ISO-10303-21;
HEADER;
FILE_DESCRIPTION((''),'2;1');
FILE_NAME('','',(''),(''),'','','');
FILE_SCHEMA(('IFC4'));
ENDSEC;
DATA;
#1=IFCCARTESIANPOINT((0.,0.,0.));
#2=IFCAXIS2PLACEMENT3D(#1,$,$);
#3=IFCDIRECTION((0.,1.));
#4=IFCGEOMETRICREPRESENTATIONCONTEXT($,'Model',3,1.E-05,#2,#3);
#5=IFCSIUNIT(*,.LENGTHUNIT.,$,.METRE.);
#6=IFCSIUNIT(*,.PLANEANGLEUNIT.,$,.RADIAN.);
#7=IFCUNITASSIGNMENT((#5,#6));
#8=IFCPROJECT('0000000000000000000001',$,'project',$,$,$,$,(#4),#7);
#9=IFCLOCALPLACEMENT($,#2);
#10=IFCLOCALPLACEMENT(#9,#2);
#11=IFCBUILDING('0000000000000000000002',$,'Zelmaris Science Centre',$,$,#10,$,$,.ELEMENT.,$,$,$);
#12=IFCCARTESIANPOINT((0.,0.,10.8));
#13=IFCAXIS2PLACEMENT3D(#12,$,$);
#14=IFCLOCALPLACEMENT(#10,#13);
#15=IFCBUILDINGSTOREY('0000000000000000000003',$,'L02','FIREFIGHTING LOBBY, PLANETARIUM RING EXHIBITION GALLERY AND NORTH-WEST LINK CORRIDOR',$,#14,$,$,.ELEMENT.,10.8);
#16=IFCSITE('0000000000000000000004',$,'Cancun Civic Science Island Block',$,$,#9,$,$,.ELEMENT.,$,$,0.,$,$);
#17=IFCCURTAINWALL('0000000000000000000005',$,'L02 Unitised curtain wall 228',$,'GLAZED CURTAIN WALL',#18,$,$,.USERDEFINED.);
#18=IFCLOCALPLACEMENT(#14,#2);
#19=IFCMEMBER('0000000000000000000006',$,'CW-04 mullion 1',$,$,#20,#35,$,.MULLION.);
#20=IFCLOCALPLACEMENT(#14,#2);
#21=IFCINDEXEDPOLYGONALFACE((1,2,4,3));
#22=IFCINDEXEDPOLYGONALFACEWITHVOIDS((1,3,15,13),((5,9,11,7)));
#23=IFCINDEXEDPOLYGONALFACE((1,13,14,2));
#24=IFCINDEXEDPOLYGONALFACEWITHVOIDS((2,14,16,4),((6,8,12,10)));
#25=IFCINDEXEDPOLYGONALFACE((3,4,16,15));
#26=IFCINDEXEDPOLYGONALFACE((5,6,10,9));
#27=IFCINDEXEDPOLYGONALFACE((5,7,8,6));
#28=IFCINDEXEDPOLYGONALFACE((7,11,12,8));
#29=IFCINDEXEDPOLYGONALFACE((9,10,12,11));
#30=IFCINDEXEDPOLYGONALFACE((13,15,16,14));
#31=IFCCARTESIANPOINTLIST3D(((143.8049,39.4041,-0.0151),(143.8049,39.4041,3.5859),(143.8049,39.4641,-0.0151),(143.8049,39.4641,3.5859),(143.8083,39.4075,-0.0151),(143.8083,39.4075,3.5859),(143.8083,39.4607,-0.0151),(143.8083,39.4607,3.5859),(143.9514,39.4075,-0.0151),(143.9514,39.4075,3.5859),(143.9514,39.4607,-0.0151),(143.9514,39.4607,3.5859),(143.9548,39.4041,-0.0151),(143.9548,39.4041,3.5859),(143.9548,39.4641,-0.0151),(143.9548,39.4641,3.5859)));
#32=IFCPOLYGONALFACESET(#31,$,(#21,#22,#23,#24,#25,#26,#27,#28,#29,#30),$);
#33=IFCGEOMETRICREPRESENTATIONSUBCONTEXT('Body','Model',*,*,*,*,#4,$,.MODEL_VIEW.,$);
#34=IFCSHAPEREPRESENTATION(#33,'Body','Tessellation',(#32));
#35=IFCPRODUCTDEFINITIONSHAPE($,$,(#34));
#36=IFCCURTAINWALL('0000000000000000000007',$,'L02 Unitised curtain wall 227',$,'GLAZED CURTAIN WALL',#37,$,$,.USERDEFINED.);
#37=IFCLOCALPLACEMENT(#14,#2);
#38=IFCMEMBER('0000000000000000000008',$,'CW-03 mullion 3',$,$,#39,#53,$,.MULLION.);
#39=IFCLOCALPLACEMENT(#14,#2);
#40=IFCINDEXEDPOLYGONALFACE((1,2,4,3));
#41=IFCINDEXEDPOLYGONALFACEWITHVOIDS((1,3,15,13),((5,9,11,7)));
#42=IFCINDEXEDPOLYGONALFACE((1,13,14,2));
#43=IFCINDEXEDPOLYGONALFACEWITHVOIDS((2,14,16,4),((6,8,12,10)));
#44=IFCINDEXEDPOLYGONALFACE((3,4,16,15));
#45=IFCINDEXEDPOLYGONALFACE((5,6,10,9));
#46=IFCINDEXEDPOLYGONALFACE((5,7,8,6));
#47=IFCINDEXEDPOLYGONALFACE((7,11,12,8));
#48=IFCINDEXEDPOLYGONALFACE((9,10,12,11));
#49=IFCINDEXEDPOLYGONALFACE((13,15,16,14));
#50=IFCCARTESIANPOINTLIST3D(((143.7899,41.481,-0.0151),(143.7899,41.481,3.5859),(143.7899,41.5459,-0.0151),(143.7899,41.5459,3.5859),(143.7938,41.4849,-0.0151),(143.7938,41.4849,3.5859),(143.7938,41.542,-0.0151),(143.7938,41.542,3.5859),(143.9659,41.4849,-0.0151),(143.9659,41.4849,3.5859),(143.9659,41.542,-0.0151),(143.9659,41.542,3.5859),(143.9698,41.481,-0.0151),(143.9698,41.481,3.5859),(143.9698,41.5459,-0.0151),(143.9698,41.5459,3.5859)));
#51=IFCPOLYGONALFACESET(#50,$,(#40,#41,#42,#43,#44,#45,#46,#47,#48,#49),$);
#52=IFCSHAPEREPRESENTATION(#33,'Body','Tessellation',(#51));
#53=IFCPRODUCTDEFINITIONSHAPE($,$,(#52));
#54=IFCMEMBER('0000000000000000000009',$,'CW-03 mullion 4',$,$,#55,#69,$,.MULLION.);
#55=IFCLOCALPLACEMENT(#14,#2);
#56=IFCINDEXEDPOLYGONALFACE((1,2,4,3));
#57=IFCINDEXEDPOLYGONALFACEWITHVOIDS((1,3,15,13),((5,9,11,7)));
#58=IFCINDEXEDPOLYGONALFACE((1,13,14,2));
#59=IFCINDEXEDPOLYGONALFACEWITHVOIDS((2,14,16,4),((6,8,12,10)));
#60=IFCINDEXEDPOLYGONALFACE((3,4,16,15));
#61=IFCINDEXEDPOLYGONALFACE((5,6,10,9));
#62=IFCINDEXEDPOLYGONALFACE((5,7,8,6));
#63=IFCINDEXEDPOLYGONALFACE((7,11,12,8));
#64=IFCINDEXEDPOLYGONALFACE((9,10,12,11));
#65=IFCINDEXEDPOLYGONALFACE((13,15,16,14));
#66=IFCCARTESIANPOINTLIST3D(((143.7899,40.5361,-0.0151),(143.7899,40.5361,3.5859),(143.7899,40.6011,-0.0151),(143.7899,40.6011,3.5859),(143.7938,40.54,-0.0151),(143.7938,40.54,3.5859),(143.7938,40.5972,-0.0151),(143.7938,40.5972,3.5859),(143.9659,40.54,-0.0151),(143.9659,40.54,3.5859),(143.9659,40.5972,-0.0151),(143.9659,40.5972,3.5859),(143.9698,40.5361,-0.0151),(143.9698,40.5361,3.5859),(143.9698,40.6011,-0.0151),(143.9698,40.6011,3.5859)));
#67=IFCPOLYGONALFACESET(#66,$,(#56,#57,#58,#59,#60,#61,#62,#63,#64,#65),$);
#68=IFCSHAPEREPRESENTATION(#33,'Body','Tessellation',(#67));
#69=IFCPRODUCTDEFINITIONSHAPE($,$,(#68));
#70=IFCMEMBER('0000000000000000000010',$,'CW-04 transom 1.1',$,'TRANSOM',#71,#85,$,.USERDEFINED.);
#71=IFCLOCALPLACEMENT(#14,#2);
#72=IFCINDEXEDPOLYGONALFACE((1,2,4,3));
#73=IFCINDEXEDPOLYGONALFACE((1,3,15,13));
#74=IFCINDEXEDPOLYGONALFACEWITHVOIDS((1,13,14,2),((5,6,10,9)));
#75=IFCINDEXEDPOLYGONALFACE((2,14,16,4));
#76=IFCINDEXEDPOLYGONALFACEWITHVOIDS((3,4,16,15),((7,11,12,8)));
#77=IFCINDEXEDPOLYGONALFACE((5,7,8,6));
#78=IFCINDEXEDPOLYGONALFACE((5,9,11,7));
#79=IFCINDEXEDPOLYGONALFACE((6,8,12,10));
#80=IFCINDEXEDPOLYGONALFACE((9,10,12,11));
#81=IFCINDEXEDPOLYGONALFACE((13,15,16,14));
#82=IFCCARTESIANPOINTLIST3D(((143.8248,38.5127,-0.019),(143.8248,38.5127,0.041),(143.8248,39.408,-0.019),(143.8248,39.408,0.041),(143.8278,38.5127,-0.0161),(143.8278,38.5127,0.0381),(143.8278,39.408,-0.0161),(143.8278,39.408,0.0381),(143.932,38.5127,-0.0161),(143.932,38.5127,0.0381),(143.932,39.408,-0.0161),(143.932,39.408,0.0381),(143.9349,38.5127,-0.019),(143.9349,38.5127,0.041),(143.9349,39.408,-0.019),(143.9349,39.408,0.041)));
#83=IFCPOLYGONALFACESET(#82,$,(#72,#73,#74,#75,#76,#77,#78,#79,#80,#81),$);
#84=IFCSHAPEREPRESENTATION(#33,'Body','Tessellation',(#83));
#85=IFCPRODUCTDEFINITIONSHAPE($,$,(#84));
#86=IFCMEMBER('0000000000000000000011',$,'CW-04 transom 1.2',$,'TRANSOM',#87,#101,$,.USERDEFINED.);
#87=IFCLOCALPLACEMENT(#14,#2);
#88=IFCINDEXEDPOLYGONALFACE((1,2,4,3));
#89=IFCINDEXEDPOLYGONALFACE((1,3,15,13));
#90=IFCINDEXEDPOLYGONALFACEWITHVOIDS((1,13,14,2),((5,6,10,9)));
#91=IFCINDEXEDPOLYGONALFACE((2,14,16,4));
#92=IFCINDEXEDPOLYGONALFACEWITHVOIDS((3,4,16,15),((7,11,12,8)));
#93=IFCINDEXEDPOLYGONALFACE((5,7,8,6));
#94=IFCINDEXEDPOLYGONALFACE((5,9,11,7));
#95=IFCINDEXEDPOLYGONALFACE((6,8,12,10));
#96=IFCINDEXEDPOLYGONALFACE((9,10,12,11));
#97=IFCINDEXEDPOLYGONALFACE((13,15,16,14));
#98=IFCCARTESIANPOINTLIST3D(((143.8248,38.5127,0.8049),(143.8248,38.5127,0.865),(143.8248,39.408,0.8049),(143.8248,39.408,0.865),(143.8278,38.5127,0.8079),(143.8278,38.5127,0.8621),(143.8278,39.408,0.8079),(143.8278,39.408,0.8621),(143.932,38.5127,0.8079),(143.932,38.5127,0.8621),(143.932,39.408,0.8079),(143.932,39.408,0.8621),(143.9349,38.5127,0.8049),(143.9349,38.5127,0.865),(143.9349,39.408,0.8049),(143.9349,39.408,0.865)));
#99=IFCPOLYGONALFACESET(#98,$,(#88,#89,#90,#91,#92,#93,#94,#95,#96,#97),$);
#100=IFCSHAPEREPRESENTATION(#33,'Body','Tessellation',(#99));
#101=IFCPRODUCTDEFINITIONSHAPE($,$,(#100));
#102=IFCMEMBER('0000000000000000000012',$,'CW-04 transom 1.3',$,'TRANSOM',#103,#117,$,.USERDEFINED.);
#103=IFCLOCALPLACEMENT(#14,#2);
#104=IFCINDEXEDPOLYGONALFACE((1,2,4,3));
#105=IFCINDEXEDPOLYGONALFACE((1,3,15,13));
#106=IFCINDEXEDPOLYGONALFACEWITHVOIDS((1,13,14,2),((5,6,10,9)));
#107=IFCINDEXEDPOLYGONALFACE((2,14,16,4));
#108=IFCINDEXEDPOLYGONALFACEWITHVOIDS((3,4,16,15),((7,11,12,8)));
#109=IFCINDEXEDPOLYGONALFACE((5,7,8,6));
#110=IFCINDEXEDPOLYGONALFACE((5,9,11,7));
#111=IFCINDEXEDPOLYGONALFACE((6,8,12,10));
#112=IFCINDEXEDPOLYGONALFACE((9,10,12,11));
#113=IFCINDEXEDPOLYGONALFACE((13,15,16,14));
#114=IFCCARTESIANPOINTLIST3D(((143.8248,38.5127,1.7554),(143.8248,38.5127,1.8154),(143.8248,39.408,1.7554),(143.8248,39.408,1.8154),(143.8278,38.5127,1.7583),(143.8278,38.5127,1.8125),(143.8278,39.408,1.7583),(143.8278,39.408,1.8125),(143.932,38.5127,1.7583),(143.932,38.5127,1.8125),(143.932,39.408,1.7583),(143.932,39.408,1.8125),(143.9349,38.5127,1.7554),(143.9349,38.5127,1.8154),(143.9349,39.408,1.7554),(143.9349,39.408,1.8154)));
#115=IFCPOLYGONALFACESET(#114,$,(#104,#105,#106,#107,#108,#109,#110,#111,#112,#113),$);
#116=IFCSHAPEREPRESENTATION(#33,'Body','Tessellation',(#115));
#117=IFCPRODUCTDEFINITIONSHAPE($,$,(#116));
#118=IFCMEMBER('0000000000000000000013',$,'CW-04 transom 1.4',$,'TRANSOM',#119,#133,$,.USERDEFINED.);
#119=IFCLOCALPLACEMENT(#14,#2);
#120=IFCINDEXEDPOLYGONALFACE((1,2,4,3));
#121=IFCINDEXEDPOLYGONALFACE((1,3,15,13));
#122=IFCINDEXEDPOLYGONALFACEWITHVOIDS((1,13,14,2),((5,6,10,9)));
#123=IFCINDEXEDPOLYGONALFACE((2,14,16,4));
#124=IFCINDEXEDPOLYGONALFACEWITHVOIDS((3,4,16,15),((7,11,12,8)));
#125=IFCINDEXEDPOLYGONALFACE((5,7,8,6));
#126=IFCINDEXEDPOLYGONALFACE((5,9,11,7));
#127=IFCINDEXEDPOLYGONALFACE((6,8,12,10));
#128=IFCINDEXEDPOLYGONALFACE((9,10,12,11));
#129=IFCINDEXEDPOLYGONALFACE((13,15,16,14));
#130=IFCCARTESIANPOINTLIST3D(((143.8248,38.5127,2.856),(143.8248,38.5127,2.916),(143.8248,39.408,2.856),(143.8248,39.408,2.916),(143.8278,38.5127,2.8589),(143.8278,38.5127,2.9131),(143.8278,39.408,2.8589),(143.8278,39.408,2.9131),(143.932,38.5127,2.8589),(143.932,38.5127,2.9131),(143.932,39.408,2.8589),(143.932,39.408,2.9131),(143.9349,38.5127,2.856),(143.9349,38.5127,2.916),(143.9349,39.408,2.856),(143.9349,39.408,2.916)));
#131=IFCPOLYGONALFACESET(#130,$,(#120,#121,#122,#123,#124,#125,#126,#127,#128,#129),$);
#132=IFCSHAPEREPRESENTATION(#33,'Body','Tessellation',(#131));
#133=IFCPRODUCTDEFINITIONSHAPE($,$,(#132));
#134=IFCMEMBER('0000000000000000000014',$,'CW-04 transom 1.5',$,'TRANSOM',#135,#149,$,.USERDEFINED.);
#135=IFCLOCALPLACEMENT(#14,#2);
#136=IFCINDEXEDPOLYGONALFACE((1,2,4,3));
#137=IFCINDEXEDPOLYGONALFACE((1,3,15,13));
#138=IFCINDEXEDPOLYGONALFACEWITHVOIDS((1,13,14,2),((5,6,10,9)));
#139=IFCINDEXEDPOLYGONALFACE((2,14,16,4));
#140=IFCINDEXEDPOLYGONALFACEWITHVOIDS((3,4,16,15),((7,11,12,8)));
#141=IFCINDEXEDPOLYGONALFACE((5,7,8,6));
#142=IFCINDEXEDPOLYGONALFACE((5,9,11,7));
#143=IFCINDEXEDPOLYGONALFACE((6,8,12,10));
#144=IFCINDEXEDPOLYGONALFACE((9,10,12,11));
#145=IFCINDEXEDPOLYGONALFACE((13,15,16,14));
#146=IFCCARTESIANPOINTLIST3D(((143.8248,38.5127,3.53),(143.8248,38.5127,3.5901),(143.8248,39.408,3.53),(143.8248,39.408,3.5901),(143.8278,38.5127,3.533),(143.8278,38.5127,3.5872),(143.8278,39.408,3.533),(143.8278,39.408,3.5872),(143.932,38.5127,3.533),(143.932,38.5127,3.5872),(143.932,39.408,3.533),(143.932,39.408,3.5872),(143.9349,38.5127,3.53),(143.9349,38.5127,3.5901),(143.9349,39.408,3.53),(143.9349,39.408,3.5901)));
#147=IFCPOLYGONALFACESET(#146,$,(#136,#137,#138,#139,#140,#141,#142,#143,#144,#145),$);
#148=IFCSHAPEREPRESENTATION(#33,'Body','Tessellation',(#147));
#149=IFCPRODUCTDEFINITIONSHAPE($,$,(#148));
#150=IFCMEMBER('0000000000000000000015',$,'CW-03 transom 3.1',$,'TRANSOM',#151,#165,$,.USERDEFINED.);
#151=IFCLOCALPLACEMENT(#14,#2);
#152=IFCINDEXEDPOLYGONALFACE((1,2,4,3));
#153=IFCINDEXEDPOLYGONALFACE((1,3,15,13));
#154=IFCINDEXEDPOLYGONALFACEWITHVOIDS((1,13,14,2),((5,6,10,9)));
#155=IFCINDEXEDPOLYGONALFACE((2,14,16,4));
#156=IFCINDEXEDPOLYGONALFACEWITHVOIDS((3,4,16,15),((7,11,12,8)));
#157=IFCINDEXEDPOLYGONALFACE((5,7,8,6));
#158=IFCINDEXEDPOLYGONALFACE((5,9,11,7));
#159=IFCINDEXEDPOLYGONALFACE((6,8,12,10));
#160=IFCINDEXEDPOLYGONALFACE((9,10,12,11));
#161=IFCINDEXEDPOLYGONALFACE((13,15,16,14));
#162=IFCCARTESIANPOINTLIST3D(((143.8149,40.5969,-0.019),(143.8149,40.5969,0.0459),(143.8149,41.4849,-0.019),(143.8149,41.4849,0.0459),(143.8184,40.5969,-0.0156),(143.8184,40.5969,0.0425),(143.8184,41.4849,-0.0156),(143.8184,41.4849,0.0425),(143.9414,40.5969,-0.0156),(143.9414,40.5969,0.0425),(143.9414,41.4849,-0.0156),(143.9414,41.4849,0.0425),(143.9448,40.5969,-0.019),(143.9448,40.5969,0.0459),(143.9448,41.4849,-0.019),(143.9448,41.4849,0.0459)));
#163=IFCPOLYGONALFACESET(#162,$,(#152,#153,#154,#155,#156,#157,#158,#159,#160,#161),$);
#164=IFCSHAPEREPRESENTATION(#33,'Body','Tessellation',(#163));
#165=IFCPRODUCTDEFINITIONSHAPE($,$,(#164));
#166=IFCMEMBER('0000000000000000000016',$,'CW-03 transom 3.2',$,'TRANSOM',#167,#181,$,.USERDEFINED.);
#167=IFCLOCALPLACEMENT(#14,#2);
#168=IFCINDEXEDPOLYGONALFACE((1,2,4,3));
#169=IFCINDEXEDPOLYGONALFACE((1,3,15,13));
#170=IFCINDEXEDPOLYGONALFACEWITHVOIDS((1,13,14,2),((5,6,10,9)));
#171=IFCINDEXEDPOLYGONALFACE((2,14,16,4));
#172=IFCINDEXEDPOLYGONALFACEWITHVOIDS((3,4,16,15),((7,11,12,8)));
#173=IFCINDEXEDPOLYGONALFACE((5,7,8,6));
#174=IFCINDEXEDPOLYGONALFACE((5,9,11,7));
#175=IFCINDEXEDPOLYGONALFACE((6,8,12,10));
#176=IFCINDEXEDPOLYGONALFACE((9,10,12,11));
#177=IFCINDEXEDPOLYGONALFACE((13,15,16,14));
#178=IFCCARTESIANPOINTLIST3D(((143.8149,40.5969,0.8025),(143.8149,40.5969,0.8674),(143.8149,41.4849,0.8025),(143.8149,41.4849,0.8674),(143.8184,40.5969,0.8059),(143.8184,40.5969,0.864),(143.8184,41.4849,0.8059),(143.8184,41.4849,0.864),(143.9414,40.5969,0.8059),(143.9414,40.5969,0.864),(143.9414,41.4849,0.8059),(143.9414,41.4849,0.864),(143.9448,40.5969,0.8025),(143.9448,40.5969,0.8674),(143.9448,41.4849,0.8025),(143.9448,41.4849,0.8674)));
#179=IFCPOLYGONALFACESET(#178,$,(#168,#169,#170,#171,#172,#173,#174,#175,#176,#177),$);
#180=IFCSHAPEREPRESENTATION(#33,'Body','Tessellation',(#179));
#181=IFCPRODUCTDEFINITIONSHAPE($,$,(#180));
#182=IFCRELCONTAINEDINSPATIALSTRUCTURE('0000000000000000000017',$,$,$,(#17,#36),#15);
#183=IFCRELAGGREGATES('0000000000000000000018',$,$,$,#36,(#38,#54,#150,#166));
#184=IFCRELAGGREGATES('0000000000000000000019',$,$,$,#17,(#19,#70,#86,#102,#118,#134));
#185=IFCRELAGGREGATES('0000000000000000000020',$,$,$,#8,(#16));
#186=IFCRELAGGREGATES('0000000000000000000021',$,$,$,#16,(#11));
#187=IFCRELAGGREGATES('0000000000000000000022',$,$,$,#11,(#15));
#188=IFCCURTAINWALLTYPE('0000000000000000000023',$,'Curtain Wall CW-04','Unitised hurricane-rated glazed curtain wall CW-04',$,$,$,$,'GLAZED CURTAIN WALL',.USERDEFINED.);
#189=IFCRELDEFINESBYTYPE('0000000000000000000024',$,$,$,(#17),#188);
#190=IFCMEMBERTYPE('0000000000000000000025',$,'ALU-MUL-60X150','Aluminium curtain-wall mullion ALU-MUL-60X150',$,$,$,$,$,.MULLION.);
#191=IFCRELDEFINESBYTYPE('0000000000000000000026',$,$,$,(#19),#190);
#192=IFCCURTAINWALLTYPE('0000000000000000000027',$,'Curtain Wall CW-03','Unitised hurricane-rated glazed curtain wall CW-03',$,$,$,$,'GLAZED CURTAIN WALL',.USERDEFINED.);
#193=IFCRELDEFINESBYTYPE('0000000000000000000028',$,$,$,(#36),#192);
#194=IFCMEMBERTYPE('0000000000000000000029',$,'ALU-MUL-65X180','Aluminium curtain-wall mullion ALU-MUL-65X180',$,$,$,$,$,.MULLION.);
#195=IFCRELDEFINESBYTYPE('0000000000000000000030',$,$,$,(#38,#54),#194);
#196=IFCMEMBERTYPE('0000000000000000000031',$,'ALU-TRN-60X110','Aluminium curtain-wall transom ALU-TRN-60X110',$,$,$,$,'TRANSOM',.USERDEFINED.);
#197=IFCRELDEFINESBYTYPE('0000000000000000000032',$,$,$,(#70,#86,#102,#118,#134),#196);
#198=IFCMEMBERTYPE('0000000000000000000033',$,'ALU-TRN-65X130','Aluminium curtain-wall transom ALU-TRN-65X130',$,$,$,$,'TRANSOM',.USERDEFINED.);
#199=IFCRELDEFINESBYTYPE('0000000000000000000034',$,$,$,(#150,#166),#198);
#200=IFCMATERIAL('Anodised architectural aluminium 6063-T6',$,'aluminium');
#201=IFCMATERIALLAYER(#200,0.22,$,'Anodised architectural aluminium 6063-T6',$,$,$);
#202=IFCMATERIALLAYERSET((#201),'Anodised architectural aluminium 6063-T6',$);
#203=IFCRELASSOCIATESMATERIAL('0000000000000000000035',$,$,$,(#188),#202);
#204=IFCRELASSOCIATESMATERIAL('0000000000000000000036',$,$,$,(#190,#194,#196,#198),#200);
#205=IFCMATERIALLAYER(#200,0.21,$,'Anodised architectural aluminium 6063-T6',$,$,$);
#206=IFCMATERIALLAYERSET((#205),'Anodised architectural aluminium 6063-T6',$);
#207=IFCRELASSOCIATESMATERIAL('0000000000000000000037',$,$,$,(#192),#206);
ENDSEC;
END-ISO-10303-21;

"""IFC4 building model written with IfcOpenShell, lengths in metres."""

from ifc_helpers import new_model, si_unit, direction, frame, origin, origin_2d, place, context, subcontext, project, spatial, hollow_rectangle, extrude, material, layer, layer_set, material_profile, profile_set, type_object, element, aggregate, save


model = new_model("IFC4")

# Units and contexts
model_context = context("Model", 3, precision=1e-05, world=origin(), true_north=direction((0.0, 1.0)))
body_context = subcontext(model_context, "Body", "Model", "MODEL_VIEW")
ifc_project = project(units=[si_unit("LENGTHUNIT", "METRE"), si_unit("PLANEANGLEUNIT", "RADIAN")], contexts=[model_context])

# Site, building, storey
site_placement = place(None, origin())
site = spatial("IfcSite", under=ifc_project, at=site_placement, Name="Cancun Civic Science Island Block", CompositionType="ELEMENT", RefElevation=0.0)
building_placement = place(site_placement, origin())
building = spatial("IfcBuilding", under=site, at=building_placement, Name="Zelmaris Science Centre", CompositionType="ELEMENT")
storey_placement = place(building_placement, frame((0.0, 0.0, 10.8)))
storey = spatial("IfcBuildingStorey", under=building, at=storey_placement, Name="L02", Description="FIREFIGHTING LOBBY, PLANETARIUM RING EXHIBITION GALLERY AND NORTH-WEST LINK CORRIDOR", CompositionType="ELEMENT", Elevation=10.8)

# Curtain wall, member
ifc_material_1 = material(Name="Anodised architectural aluminium 6063-T6", Category="aluminium")
ifc_layer_1 = layer(ifc_material_1, 0.22, Name="Anodised architectural aluminium 6063-T6")
ifc_layer_set_1 = layer_set([ifc_layer_1], Name="Anodised architectural aluminium 6063-T6")
curtain_wall_type_1 = type_object("IfcCurtainWallType", Name="Curtain Wall CW-04", Description="Unitised hurricane-rated glazed curtain wall CW-04", ElementType="GLAZED CURTAIN WALL", PredefinedType="USERDEFINED", material=ifc_layer_set_1)
curtain_wall_1_placement = place(storey_placement, origin())
curtain_wall_1 = element("IfcCurtainWall", 1, at=curtain_wall_1_placement, inside=storey, type_object=curtain_wall_type_1, Name="L02 Unitised curtain wall 228", ObjectType="GLAZED CURTAIN WALL", PredefinedType="USERDEFINED")
ifc_material_profile_1 = material_profile(ifc_material_1, hollow_rectangle(XDim=0.0601, YDim=0.1499, WallThickness=0.0034, at=origin_2d()), Name="ALU-MUL-60X150")
ifc_profile_set_1 = profile_set([ifc_material_profile_1], Name="Anodised architectural aluminium 6063-T6")
member_type_1 = type_object("IfcMemberType", Name="ALU-MUL-60X150", Description="Aluminium curtain-wall mullion ALU-MUL-60X150", PredefinedType="MULLION", material=ifc_profile_set_1)
member_1_placement = place(storey_placement, frame((143.8799, 39.4341, -0.0151), z_axis=(0.0, 0.0, 1.0), x_axis=(0.0, -1.0, 0.0)))
member_1 = element("IfcMember", 2, at=member_1_placement, type_object=member_type_1, Name="CW-04 mullion 1", PredefinedType="MULLION", context=body_context, shape_type="SweptSolid", body=[
    extrude(hollow_rectangle(XDim=0.0601, YDim=0.1499, WallThickness=0.0034, at=origin_2d()), origin(), (0.0, 0.0, 1.0), 3.6011),
])

# Curtain wall, members
ifc_layer_2 = layer(ifc_material_1, 0.21, Name="Anodised architectural aluminium 6063-T6")
ifc_layer_set_2 = layer_set([ifc_layer_2], Name="Anodised architectural aluminium 6063-T6")
curtain_wall_type_2 = type_object("IfcCurtainWallType", Name="Curtain Wall CW-03", Description="Unitised hurricane-rated glazed curtain wall CW-03", ElementType="GLAZED CURTAIN WALL", PredefinedType="USERDEFINED", material=ifc_layer_set_2)
curtain_wall_2_placement = place(storey_placement, origin())
curtain_wall_2 = element("IfcCurtainWall", 3, at=curtain_wall_2_placement, inside=storey, type_object=curtain_wall_type_2, Name="L02 Unitised curtain wall 227", ObjectType="GLAZED CURTAIN WALL", PredefinedType="USERDEFINED")
ifc_material_profile_2 = material_profile(ifc_material_1, hollow_rectangle(XDim=0.0649, YDim=0.1799, WallThickness=0.0039, at=origin_2d()), Name="ALU-MUL-65X180")
ifc_profile_set_2 = profile_set([ifc_material_profile_2], Name="Anodised architectural aluminium 6063-T6")
member_type_2 = type_object("IfcMemberType", Name="ALU-MUL-65X180", Description="Aluminium curtain-wall mullion ALU-MUL-65X180", PredefinedType="MULLION", material=ifc_profile_set_2)
member_2_placement = place(storey_placement, frame((143.8799, 41.5134, -0.0151), z_axis=(0.0, 0.0, 1.0), x_axis=(0.0, -1.0, 0.0)))
member_2 = element("IfcMember", 4, at=member_2_placement, type_object=member_type_2, Name="CW-03 mullion 3", PredefinedType="MULLION", context=body_context, shape_type="SweptSolid", body=[
    extrude(hollow_rectangle(XDim=0.0649, YDim=0.1799, WallThickness=0.0039, at=origin_2d()), origin(), (0.0, 0.0, 1.0), 3.6011),
])
member_3_placement = place(storey_placement, frame((143.8799, 40.5686, -0.0151), z_axis=(0.0, 0.0, 1.0), x_axis=(0.0, -1.0, 0.0)))
member_3 = element("IfcMember", 5, at=member_3_placement, type_object=member_type_2, Name="CW-03 mullion 4", PredefinedType="MULLION", context=body_context, shape_type="SweptSolid", body=[
    extrude(hollow_rectangle(XDim=0.0649, YDim=0.1799, WallThickness=0.0039, at=origin_2d()), origin(), (0.0, 0.0, 1.0), 3.6011),
])

# Members
ifc_material_profile_3 = material_profile(ifc_material_1, hollow_rectangle(XDim=0.0601, YDim=0.1101, WallThickness=0.0029, at=origin_2d()), Name="ALU-TRN-60X110")
ifc_profile_set_3 = profile_set([ifc_material_profile_3], Name="Anodised architectural aluminium 6063-T6")
member_type_3 = type_object("IfcMemberType", Name="ALU-TRN-60X110", Description="Aluminium curtain-wall transom ALU-TRN-60X110", ElementType="TRANSOM", PredefinedType="USERDEFINED", material=ifc_profile_set_3)
member_4_placement = place(storey_placement, frame((143.8799, 39.408, 0.011), z_axis=(0.0, -1.0, 0.0), x_axis=(0.0, 0.0, 1.0)))
member_4 = element("IfcMember", 6, at=member_4_placement, type_object=member_type_3, Name="CW-04 transom 1.1", ObjectType="TRANSOM", PredefinedType="USERDEFINED", context=body_context, shape_type="SweptSolid", body=[
    extrude(hollow_rectangle(XDim=0.0601, YDim=0.1101, WallThickness=0.0029, at=origin_2d()), origin(), (0.0, 0.0, 1.0), 0.8953),
])
member_5_placement = place(storey_placement, frame((143.8799, 39.408, 0.835), z_axis=(0.0, -1.0, 0.0), x_axis=(0.0, 0.0, 1.0)))
member_5 = element("IfcMember", 7, at=member_5_placement, type_object=member_type_3, Name="CW-04 transom 1.2", ObjectType="TRANSOM", PredefinedType="USERDEFINED", context=body_context, shape_type="SweptSolid", body=[
    extrude(hollow_rectangle(XDim=0.0601, YDim=0.1101, WallThickness=0.0029, at=origin_2d()), origin(), (0.0, 0.0, 1.0), 0.8953),
])
member_6_placement = place(storey_placement, frame((143.8799, 39.408, 1.7854), z_axis=(0.0, -1.0, 0.0), x_axis=(0.0, 0.0, 1.0)))
member_6 = element("IfcMember", 8, at=member_6_placement, type_object=member_type_3, Name="CW-04 transom 1.3", ObjectType="TRANSOM", PredefinedType="USERDEFINED", context=body_context, shape_type="SweptSolid", body=[
    extrude(hollow_rectangle(XDim=0.0601, YDim=0.1101, WallThickness=0.0029, at=origin_2d()), origin(), (0.0, 0.0, 1.0), 0.8953),
])
member_7_placement = place(storey_placement, frame((143.8799, 39.408, 2.886), z_axis=(0.0, -1.0, 0.0), x_axis=(0.0, 0.0, 1.0)))
member_7 = element("IfcMember", 9, at=member_7_placement, type_object=member_type_3, Name="CW-04 transom 1.4", ObjectType="TRANSOM", PredefinedType="USERDEFINED", context=body_context, shape_type="SweptSolid", body=[
    extrude(hollow_rectangle(XDim=0.0601, YDim=0.1101, WallThickness=0.0029, at=origin_2d()), origin(), (0.0, 0.0, 1.0), 0.8953),
])
member_8_placement = place(storey_placement, frame((143.8799, 39.408, 3.5601), z_axis=(0.0, -1.0, 0.0), x_axis=(0.0, 0.0, 1.0)))
member_8 = element("IfcMember", 10, at=member_8_placement, type_object=member_type_3, Name="CW-04 transom 1.5", ObjectType="TRANSOM", PredefinedType="USERDEFINED", context=body_context, shape_type="SweptSolid", body=[
    extrude(hollow_rectangle(XDim=0.0601, YDim=0.1101, WallThickness=0.0029, at=origin_2d()), origin(), (0.0, 0.0, 1.0), 0.8953),
])
ifc_material_profile_4 = material_profile(ifc_material_1, hollow_rectangle(XDim=0.0649, YDim=0.1299, WallThickness=0.0034, at=origin_2d()), Name="ALU-TRN-65X130")
ifc_profile_set_4 = profile_set([ifc_material_profile_4], Name="Anodised architectural aluminium 6063-T6")
member_type_4 = type_object("IfcMemberType", Name="ALU-TRN-65X130", Description="Aluminium curtain-wall transom ALU-TRN-65X130", ElementType="TRANSOM", PredefinedType="USERDEFINED", material=ifc_profile_set_4)
member_9_placement = place(storey_placement, frame((143.8799, 41.4849, 0.0134), z_axis=(0.0, -1.0, 0.0), x_axis=(0.0, 0.0, 1.0)))
member_9 = element("IfcMember", 11, at=member_9_placement, type_object=member_type_4, Name="CW-03 transom 3.1", ObjectType="TRANSOM", PredefinedType="USERDEFINED", context=body_context, shape_type="SweptSolid", body=[
    extrude(hollow_rectangle(XDim=0.0649, YDim=0.1299, WallThickness=0.0034, at=origin_2d()), origin(), (0.0, 0.0, 1.0), 0.8879),
])
member_10_placement = place(storey_placement, frame((143.8799, 41.4849, 0.835), z_axis=(0.0, -1.0, 0.0), x_axis=(0.0, 0.0, 1.0)))
member_10 = element("IfcMember", 12, at=member_10_placement, type_object=member_type_4, Name="CW-03 transom 3.2", ObjectType="TRANSOM", PredefinedType="USERDEFINED", context=body_context, shape_type="SweptSolid", body=[
    extrude(hollow_rectangle(XDim=0.0649, YDim=0.1299, WallThickness=0.0034, at=origin_2d()), origin(), (0.0, 0.0, 1.0), 0.8879),
])

aggregate(curtain_wall_2, [member_2, member_3, member_9, member_10])
aggregate(curtain_wall_1, [member_1, member_4, member_5, member_6, member_7, member_8])

save(model, "model.ifc")
